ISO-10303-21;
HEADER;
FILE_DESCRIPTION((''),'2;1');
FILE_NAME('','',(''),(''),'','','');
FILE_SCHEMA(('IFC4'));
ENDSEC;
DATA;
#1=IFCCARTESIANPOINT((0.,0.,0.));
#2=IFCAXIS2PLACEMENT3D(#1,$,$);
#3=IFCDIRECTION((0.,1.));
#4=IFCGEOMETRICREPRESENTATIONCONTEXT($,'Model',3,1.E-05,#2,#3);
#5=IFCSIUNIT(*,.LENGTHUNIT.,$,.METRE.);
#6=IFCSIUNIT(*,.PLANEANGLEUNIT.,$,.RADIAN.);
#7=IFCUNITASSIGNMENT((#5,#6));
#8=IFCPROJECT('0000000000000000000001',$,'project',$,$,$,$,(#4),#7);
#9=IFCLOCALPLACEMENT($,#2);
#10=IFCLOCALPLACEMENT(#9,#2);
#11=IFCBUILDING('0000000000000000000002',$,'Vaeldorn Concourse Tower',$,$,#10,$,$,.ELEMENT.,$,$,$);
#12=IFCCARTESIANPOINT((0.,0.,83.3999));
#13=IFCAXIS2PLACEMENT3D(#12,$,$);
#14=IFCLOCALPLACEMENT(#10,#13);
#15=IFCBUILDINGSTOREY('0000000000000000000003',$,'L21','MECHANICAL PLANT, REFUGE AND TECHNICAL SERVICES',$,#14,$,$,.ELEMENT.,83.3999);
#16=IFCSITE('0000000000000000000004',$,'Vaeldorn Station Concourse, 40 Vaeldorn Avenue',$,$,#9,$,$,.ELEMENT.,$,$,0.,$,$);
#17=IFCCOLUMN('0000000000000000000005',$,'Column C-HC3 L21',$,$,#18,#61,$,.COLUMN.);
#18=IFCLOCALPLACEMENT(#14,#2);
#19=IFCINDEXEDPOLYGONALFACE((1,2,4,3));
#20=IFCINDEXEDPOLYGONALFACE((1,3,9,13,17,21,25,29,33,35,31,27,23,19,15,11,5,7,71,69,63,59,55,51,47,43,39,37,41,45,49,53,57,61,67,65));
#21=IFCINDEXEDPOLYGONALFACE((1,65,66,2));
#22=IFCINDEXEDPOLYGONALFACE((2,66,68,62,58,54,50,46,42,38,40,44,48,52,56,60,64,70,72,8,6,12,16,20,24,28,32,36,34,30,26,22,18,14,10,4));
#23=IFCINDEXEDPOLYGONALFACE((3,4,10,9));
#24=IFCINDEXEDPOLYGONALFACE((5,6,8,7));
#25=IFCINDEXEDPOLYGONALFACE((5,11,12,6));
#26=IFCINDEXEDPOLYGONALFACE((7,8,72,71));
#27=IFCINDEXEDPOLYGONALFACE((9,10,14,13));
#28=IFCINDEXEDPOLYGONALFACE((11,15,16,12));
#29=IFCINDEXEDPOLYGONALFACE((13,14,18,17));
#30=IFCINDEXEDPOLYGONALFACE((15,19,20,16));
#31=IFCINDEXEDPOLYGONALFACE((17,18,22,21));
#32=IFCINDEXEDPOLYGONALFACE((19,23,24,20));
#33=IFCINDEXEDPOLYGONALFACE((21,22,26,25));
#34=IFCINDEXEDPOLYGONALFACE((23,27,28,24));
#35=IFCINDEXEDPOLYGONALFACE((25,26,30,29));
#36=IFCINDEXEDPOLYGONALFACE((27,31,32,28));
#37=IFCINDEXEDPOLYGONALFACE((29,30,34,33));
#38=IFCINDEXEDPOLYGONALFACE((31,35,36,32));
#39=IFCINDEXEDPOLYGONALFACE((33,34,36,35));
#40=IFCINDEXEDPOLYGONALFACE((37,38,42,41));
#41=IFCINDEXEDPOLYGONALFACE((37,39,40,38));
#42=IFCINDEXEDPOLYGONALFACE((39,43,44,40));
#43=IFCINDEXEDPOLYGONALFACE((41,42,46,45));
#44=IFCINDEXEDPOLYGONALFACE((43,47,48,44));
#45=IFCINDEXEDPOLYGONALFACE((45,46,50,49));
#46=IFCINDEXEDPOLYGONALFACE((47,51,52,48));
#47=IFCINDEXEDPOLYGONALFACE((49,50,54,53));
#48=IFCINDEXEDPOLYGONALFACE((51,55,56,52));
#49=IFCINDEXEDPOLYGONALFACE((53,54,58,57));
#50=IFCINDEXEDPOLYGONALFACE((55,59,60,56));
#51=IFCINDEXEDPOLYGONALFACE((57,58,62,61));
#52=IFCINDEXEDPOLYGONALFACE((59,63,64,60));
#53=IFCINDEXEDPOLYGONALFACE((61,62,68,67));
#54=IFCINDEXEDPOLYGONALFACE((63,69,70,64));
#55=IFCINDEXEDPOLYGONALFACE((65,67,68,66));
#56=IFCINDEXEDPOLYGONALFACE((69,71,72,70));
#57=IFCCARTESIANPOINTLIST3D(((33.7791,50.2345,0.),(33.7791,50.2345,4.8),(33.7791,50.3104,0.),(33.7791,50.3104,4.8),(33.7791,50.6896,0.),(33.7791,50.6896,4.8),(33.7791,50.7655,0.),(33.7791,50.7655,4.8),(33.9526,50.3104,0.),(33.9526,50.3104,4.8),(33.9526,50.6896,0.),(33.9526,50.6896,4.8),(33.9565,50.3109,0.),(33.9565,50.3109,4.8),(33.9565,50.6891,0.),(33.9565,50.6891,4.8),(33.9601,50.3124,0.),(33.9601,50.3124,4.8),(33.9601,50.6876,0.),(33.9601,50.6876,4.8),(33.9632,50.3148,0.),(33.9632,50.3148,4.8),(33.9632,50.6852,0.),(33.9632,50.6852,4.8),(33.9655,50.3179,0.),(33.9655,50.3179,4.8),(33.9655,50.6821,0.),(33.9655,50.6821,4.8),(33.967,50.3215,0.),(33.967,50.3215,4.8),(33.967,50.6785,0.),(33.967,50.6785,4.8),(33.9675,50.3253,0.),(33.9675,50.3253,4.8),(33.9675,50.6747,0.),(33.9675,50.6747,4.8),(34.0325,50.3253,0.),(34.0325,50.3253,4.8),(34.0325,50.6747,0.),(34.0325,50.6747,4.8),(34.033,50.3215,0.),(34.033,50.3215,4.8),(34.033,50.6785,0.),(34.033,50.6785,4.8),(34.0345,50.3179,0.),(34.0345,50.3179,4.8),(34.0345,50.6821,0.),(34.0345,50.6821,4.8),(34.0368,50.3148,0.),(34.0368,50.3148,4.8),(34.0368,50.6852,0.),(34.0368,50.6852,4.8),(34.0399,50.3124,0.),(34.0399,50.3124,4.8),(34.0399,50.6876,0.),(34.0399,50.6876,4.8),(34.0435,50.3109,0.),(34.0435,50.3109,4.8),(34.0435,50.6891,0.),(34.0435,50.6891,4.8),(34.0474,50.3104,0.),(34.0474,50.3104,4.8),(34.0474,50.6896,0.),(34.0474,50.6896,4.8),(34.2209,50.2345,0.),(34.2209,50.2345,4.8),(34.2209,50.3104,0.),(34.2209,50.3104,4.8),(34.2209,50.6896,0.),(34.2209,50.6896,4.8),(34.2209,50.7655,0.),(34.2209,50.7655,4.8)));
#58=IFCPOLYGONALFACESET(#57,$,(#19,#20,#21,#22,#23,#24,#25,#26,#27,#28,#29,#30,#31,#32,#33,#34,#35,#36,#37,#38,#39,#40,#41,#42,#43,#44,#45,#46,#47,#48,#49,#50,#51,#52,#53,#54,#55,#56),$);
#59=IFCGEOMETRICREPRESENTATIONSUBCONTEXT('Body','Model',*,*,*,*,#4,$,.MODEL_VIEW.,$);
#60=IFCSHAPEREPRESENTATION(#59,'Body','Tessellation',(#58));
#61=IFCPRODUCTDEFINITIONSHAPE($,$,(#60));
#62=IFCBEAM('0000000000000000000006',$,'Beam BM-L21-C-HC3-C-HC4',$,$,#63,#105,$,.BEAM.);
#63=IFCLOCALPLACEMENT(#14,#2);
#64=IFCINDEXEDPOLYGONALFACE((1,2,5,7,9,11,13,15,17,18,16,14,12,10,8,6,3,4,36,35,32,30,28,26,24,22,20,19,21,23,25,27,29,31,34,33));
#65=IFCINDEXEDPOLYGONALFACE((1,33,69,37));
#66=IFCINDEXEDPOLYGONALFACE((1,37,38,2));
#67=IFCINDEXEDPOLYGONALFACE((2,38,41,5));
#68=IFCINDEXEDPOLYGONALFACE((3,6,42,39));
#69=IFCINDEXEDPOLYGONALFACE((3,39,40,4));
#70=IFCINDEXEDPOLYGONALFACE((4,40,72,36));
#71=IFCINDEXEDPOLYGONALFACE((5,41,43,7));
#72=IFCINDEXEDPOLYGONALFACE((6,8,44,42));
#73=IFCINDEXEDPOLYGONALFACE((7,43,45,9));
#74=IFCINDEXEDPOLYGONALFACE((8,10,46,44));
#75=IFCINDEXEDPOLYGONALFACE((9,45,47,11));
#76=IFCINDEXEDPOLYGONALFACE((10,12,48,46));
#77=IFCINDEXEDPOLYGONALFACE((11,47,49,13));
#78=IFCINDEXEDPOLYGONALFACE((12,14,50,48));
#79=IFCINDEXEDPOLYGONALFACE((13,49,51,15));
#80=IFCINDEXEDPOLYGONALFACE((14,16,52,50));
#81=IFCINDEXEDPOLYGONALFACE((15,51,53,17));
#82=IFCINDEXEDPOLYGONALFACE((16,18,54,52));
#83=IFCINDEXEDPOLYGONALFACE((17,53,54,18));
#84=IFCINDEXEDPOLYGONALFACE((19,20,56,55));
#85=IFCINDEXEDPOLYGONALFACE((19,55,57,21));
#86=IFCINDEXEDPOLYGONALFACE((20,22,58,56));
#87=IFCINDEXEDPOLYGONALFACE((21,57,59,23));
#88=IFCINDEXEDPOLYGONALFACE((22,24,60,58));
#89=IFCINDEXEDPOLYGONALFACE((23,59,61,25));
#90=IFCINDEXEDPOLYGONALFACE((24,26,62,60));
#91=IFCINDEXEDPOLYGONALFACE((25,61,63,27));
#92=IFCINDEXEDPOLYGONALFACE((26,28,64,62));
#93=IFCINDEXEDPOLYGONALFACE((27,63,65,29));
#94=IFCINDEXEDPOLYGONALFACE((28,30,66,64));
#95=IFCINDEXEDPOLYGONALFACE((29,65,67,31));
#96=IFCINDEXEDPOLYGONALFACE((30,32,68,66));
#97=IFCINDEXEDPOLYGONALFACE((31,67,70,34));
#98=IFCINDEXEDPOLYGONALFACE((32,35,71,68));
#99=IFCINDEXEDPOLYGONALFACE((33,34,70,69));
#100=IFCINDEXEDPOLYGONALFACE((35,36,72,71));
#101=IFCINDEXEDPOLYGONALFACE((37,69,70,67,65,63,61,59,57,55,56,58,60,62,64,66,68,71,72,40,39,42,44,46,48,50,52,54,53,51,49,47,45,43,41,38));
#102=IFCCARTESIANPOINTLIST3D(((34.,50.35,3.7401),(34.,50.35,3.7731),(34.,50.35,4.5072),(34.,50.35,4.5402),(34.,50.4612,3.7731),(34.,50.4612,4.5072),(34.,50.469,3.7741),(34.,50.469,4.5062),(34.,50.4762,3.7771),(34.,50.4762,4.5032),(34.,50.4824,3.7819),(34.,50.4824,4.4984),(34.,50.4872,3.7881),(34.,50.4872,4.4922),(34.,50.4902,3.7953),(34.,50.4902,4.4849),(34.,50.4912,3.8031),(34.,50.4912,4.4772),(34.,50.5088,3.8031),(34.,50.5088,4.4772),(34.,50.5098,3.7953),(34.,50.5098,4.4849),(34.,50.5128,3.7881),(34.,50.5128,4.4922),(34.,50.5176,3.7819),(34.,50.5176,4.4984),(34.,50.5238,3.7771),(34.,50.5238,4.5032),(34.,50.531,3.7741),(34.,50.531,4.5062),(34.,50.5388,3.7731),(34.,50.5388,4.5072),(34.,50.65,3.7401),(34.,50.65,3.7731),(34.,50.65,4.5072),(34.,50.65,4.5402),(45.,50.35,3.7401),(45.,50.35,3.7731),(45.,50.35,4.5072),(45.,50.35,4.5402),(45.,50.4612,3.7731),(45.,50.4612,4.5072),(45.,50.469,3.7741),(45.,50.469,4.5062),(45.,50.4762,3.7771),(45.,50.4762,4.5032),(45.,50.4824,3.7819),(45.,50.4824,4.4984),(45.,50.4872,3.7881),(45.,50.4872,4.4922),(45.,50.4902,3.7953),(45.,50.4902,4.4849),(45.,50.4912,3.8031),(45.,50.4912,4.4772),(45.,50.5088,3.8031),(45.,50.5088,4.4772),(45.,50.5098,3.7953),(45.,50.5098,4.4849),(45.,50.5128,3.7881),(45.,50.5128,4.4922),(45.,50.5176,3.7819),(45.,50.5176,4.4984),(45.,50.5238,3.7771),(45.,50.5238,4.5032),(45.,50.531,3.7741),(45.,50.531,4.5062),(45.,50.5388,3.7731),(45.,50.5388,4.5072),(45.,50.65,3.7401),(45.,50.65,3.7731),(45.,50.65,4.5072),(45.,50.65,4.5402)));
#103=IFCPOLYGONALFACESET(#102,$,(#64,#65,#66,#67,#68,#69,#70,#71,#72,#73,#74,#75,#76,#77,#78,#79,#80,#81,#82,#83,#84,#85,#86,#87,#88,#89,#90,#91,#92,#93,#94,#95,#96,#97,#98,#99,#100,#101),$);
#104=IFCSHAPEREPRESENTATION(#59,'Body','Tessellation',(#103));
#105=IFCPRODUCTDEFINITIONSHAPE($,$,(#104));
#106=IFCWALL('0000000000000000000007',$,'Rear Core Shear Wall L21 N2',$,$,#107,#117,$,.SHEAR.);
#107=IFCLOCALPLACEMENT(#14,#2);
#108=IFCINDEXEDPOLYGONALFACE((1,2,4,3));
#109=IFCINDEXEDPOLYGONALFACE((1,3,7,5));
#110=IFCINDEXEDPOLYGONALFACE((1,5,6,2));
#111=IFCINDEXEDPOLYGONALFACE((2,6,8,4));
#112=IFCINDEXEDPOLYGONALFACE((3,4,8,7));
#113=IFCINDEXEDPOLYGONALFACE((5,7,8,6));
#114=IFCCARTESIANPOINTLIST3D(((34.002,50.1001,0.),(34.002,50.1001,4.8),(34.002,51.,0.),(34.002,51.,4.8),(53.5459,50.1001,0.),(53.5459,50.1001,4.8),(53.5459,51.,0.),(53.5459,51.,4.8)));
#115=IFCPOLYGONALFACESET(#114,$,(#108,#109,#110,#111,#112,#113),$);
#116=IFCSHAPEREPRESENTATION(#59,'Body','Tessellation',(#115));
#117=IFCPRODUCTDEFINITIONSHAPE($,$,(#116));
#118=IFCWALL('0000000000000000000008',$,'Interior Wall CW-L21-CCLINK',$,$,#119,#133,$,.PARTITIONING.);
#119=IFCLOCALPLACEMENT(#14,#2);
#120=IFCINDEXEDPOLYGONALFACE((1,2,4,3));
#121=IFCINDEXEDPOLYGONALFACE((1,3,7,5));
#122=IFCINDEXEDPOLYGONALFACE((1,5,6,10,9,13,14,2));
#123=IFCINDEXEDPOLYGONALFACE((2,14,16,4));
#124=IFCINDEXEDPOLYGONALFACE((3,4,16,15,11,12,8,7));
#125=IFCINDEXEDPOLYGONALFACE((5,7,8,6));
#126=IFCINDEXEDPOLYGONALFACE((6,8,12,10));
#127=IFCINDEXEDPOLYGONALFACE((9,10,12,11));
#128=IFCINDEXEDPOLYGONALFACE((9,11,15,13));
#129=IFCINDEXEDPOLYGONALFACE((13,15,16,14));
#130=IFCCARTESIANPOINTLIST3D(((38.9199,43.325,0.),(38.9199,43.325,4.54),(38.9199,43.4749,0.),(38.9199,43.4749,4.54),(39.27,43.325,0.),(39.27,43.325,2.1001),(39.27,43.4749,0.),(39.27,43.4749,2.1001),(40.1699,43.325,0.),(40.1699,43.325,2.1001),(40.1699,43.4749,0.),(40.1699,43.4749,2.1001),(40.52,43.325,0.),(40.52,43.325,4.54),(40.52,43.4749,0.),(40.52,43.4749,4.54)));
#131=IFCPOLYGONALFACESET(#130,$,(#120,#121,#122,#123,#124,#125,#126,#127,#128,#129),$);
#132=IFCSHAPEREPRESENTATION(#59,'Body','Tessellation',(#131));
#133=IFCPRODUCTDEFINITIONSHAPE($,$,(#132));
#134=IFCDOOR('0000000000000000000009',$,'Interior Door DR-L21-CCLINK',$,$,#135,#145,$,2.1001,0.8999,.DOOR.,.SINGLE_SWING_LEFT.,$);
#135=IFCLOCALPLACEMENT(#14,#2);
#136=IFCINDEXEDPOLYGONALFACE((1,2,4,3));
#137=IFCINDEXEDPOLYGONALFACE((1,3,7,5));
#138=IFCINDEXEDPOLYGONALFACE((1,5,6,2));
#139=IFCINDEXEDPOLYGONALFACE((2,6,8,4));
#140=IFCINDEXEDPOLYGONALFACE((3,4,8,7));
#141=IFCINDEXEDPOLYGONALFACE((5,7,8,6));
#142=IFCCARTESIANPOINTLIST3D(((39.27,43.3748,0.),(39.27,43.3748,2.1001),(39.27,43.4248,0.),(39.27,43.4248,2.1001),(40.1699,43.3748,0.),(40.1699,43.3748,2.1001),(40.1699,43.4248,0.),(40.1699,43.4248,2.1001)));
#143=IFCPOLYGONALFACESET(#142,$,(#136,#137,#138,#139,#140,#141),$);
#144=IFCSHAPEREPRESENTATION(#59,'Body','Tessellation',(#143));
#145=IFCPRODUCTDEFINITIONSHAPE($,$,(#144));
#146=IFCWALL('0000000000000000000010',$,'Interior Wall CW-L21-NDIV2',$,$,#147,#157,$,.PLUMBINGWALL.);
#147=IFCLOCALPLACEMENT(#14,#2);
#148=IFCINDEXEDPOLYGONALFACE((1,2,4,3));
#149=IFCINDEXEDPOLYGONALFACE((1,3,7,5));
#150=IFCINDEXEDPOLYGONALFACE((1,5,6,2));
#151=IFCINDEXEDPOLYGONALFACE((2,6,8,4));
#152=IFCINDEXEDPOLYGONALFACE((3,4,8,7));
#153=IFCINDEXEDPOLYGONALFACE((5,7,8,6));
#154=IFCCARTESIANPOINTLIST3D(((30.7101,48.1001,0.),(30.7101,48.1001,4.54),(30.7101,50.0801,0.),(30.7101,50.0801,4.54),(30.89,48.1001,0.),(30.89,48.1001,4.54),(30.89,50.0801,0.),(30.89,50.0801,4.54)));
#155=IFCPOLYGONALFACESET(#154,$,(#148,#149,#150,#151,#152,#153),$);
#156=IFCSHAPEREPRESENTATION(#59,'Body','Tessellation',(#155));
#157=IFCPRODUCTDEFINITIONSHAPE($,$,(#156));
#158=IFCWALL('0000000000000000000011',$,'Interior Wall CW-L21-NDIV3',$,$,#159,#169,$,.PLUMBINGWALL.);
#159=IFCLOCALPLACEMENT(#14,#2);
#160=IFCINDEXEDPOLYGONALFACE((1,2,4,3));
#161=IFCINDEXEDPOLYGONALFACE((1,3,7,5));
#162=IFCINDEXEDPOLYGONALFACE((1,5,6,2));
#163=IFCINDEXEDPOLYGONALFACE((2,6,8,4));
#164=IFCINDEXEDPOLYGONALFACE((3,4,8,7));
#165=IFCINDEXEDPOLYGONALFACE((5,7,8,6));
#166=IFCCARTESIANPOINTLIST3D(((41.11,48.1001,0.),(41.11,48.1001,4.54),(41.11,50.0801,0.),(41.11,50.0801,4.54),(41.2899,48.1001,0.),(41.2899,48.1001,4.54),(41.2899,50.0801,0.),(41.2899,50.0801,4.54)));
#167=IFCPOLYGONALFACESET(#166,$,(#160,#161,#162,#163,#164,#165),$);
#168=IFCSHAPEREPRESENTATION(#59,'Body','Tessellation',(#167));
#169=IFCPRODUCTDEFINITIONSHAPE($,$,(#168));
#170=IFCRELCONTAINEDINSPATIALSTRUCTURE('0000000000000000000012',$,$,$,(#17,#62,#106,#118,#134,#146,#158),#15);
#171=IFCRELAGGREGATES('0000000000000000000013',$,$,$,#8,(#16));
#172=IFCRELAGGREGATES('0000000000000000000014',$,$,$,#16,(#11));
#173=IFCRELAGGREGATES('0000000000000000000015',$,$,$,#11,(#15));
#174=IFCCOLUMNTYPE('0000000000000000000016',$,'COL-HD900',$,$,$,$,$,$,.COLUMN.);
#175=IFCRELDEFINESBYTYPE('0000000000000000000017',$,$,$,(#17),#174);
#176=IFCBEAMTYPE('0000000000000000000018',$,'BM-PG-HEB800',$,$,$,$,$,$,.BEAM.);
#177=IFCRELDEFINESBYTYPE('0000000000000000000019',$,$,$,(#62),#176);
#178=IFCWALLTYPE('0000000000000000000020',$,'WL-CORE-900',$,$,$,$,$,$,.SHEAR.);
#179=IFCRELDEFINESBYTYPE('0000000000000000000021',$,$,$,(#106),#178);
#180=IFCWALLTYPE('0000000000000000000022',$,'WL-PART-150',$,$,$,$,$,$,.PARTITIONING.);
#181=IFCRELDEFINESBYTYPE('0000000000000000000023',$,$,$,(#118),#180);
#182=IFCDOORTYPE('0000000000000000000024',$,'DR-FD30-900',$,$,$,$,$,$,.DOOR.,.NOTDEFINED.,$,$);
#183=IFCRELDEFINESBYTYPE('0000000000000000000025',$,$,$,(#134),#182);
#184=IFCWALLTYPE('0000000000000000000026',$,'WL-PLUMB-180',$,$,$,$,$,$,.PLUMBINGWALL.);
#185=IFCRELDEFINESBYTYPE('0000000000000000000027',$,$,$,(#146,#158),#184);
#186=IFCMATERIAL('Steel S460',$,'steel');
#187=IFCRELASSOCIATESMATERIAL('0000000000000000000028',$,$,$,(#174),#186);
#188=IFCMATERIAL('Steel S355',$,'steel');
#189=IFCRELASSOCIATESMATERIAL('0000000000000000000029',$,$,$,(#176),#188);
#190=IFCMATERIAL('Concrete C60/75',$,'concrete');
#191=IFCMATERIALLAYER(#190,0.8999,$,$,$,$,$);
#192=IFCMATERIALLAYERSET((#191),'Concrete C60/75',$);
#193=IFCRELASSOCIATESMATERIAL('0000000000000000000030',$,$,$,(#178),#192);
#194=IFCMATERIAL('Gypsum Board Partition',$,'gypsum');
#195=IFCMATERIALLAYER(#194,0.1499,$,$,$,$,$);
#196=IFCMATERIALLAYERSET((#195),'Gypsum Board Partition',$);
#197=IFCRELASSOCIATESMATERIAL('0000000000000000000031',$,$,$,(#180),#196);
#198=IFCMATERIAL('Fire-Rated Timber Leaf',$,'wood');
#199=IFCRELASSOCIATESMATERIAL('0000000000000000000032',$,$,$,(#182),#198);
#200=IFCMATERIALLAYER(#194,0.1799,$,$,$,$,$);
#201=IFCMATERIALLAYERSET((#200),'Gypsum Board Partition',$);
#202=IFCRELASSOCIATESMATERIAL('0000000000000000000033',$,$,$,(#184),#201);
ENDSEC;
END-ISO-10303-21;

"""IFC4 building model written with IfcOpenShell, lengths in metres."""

from ifc_helpers import new_model, si_unit, direction, frame, frame_2d, origin, origin_2d, place, context, subcontext, project, spatial, rectangle, i_section, extrude, source, transform, mapped, material, layer, layer_set, material_profile, profile_set, type_object, element, fill, save


model = new_model("IFC4")

# Units and contexts
model_context = context("Model", 3, precision=1e-05, world=origin(), true_north=direction((0.0, 1.0)))
body_context = subcontext(model_context, "Body", "Model", "MODEL_VIEW")
ifc_project = project(units=[si_unit("LENGTHUNIT", "METRE"), si_unit("PLANEANGLEUNIT", "RADIAN")], contexts=[model_context])

# Site, building, storey
site_placement = place(None, origin())
site = spatial("IfcSite", under=ifc_project, at=site_placement, Name="Vaeldorn Station Concourse, 40 Vaeldorn Avenue", CompositionType="ELEMENT", RefElevation=0.0)
building_placement = place(site_placement, origin())
building = spatial("IfcBuilding", under=site, at=building_placement, Name="Vaeldorn Concourse Tower", CompositionType="ELEMENT")
storey_placement = place(building_placement, frame((0.0, 0.0, 83.3999)))
storey = spatial("IfcBuildingStorey", under=building, at=storey_placement, Name="L21", Description="MECHANICAL PLANT, REFUGE AND TECHNICAL SERVICES", CompositionType="ELEMENT", Elevation=83.3999)

# Column
ifc_material_1 = material(Name="Steel S460", Category="steel")
ifc_material_profile_1 = material_profile(ifc_material_1, i_section(OverallWidth=0.4419, OverallDepth=0.531, WebThickness=0.0649, FlangeThickness=0.0759, FilletRadius=0.0149, at=origin_2d()), Name="HD 400x900")
ifc_profile_set_1 = profile_set([ifc_material_profile_1], Name="Steel S460")
column_type = type_object("IfcColumnType", Name="COL-HD900", PredefinedType="COLUMN", material=ifc_profile_set_1)
shared_shape_1 = source(origin(), body_context, "Body", "SweptSolid", [
    extrude(i_section(OverallWidth=0.4419, OverallDepth=0.531, WebThickness=0.0649, FlangeThickness=0.0759, FilletRadius=0.0149, at=origin_2d()), origin(), (0.0, 0.0, 1.0), 4.8),
])
column_placement = place(storey_placement, frame((34.0, 50.5, 0.0), z_axis=(0.0, 0.0, 1.0), x_axis=(1.0, 0.0, 0.0)))
element("IfcColumn", 1, at=column_placement, inside=storey, type_object=column_type, Name="Column C-HC3 L21", PredefinedType="COLUMN", context=body_context, shape_type="MappedRepresentation", body=[
    mapped(shared_shape_1, transform((0.0, 0.0, 0.0), scale=1.0)),
])

# Beam
ifc_material_2 = material(Name="Steel S355", Category="steel")
ifc_material_profile_2 = material_profile(ifc_material_2, i_section(OverallWidth=0.3, OverallDepth=0.8, WebThickness=0.0176, FlangeThickness=0.033, FilletRadius=0.03, at=origin_2d()), Name="HEB 800")
ifc_profile_set_2 = profile_set([ifc_material_profile_2], Name="Steel S355")
beam_type = type_object("IfcBeamType", Name="BM-PG-HEB800", PredefinedType="BEAM", material=ifc_profile_set_2)
shared_shape_2 = source(origin(), body_context, "Body", "SweptSolid", [
    extrude(i_section(OverallWidth=0.3, OverallDepth=0.8, WebThickness=0.0176, FlangeThickness=0.033, FilletRadius=0.03, at=origin_2d()), origin(), (0.0, 0.0, 1.0), 11.0),
])
beam_placement = place(storey_placement, frame((34.0, 50.5, 4.1401), z_axis=(1.0, 0.0, 0.0), x_axis=(0.0, 1.0, 0.0)))
element("IfcBeam", 2, at=beam_placement, inside=storey, type_object=beam_type, Name="Beam BM-L21-C-HC3-C-HC4", PredefinedType="BEAM", context=body_context, shape_type="MappedRepresentation", body=[
    mapped(shared_shape_2, transform((0.0, 0.0, 0.0), scale=1.0)),
])

# Wall
ifc_material_3 = material(Name="Concrete C60/75", Category="concrete")
ifc_layer_1 = layer(ifc_material_3, 0.8999)
ifc_layer_set_1 = layer_set([ifc_layer_1], Name="Concrete C60/75")
wall_type_1 = type_object("IfcWallType", Name="WL-CORE-900", PredefinedType="SHEAR", material=ifc_layer_set_1)
wall_1_placement = place(storey_placement, frame((34.002, 50.55, 0.0), z_axis=(0.0, 0.0, 1.0), x_axis=(1.0, 0.0, 0.0)))
element("IfcWall", 3, at=wall_1_placement, inside=storey, type_object=wall_type_1, Name="Rear Core Shear Wall L21 N2", PredefinedType="SHEAR", context=body_context, shape_type="SweptSolid", body=[
    extrude(rectangle(XDim=19.5439, YDim=0.8999, at=frame_2d((9.772, 0.0))), origin(), (0.0, 0.0, 1.0), 4.8),
])

# Wall, opening, door
ifc_material_4 = material(Name="Gypsum Board Partition", Category="gypsum")
ifc_layer_2 = layer(ifc_material_4, 0.1499)
ifc_layer_set_2 = layer_set([ifc_layer_2], Name="Gypsum Board Partition")
wall_type_2 = type_object("IfcWallType", Name="WL-PART-150", PredefinedType="PARTITIONING", material=ifc_layer_set_2)
wall_2_placement = place(storey_placement, frame((38.9199, 43.3999, 0.0), z_axis=(0.0, 0.0, 1.0), x_axis=(1.0, 0.0, 0.0)))
wall_2 = element("IfcWall", 4, at=wall_2_placement, inside=storey, type_object=wall_type_2, Name="Interior Wall CW-L21-CCLINK", PredefinedType="PARTITIONING", context=body_context, shape_type="SweptSolid", body=[
    extrude(rectangle(XDim=1.6001, YDim=0.1499, at=frame_2d((0.8, 0.0))), origin(), (0.0, 0.0, 1.0), 4.54),
])
opening_placement = place(wall_2_placement, frame((0.3501, 0.0, 0.0)))
opening = element("IfcOpeningElement", 5, at=opening_placement, cuts=wall_2, PredefinedType="OPENING", context=body_context, shape_type="SweptSolid", body=[
    extrude(rectangle(XDim=0.8999, YDim=2.1001, at=frame_2d((0.45, 1.05))), frame((0.0, 0.085, 0.0), z_axis=(0.0, -1.0, 0.0), x_axis=(1.0, 0.0, 0.0)), (0.0, 0.0, 1.0), 0.1699),
])
ifc_material_5 = material(Name="Fire-Rated Timber Leaf", Category="wood")
door_type = type_object("IfcDoorType", Name="DR-FD30-900", OperationType="NOTDEFINED", PredefinedType="DOOR", material=ifc_material_5)
shared_shape_3 = source(origin(), body_context, "Body", "SweptSolid", [
    extrude(rectangle(XDim=0.8999, YDim=2.1001, at=frame_2d((0.45, 1.05))), frame((0.0, 0.0249, 0.0), z_axis=(0.0, -1.0, 0.0), x_axis=(1.0, 0.0, 0.0)), (0.0, 0.0, 1.0), 0.05),
])
door_placement = place(opening_placement, origin())
door = element("IfcDoor", 6, at=door_placement, inside=storey, type_object=door_type, Name="Interior Door DR-L21-CCLINK", OperationType="SINGLE_SWING_LEFT", OverallHeight=2.1001, OverallWidth=0.8999, PredefinedType="DOOR", context=body_context, shape_type="MappedRepresentation", body=[
    mapped(shared_shape_3, transform((0.0, 0.0, 0.0), scale=1.0)),
])
fill(opening, door)

# Walls
ifc_layer_3 = layer(ifc_material_4, 0.1799)
ifc_layer_set_3 = layer_set([ifc_layer_3], Name="Gypsum Board Partition")
wall_type_3 = type_object("IfcWallType", Name="WL-PLUMB-180", PredefinedType="PLUMBINGWALL", material=ifc_layer_set_3)
for number, where, z_axis, x_axis, name in (
    (7, (30.8, 48.1001, 0.0), (0.0, 0.0, 1.0), (0.0, 1.0, 0.0), "Interior Wall CW-L21-NDIV2"),
    (8, (41.2, 48.1001, 0.0), (0.0, 0.0, 1.0), (0.0, 1.0, 0.0), "Interior Wall CW-L21-NDIV3"),
):
    element("IfcWall", number, at=place(storey_placement, frame(where, z_axis=z_axis, x_axis=x_axis)), inside=storey, type_object=wall_type_3, Name=name, PredefinedType="PLUMBINGWALL", context=body_context, shape_type="SweptSolid", body=[
        extrude(rectangle(XDim=1.98, YDim=0.1799, at=frame_2d((0.99, 0.0))), origin(), (0.0, 0.0, 1.0), 4.54),
    ])

save(model, "model.ifc")
